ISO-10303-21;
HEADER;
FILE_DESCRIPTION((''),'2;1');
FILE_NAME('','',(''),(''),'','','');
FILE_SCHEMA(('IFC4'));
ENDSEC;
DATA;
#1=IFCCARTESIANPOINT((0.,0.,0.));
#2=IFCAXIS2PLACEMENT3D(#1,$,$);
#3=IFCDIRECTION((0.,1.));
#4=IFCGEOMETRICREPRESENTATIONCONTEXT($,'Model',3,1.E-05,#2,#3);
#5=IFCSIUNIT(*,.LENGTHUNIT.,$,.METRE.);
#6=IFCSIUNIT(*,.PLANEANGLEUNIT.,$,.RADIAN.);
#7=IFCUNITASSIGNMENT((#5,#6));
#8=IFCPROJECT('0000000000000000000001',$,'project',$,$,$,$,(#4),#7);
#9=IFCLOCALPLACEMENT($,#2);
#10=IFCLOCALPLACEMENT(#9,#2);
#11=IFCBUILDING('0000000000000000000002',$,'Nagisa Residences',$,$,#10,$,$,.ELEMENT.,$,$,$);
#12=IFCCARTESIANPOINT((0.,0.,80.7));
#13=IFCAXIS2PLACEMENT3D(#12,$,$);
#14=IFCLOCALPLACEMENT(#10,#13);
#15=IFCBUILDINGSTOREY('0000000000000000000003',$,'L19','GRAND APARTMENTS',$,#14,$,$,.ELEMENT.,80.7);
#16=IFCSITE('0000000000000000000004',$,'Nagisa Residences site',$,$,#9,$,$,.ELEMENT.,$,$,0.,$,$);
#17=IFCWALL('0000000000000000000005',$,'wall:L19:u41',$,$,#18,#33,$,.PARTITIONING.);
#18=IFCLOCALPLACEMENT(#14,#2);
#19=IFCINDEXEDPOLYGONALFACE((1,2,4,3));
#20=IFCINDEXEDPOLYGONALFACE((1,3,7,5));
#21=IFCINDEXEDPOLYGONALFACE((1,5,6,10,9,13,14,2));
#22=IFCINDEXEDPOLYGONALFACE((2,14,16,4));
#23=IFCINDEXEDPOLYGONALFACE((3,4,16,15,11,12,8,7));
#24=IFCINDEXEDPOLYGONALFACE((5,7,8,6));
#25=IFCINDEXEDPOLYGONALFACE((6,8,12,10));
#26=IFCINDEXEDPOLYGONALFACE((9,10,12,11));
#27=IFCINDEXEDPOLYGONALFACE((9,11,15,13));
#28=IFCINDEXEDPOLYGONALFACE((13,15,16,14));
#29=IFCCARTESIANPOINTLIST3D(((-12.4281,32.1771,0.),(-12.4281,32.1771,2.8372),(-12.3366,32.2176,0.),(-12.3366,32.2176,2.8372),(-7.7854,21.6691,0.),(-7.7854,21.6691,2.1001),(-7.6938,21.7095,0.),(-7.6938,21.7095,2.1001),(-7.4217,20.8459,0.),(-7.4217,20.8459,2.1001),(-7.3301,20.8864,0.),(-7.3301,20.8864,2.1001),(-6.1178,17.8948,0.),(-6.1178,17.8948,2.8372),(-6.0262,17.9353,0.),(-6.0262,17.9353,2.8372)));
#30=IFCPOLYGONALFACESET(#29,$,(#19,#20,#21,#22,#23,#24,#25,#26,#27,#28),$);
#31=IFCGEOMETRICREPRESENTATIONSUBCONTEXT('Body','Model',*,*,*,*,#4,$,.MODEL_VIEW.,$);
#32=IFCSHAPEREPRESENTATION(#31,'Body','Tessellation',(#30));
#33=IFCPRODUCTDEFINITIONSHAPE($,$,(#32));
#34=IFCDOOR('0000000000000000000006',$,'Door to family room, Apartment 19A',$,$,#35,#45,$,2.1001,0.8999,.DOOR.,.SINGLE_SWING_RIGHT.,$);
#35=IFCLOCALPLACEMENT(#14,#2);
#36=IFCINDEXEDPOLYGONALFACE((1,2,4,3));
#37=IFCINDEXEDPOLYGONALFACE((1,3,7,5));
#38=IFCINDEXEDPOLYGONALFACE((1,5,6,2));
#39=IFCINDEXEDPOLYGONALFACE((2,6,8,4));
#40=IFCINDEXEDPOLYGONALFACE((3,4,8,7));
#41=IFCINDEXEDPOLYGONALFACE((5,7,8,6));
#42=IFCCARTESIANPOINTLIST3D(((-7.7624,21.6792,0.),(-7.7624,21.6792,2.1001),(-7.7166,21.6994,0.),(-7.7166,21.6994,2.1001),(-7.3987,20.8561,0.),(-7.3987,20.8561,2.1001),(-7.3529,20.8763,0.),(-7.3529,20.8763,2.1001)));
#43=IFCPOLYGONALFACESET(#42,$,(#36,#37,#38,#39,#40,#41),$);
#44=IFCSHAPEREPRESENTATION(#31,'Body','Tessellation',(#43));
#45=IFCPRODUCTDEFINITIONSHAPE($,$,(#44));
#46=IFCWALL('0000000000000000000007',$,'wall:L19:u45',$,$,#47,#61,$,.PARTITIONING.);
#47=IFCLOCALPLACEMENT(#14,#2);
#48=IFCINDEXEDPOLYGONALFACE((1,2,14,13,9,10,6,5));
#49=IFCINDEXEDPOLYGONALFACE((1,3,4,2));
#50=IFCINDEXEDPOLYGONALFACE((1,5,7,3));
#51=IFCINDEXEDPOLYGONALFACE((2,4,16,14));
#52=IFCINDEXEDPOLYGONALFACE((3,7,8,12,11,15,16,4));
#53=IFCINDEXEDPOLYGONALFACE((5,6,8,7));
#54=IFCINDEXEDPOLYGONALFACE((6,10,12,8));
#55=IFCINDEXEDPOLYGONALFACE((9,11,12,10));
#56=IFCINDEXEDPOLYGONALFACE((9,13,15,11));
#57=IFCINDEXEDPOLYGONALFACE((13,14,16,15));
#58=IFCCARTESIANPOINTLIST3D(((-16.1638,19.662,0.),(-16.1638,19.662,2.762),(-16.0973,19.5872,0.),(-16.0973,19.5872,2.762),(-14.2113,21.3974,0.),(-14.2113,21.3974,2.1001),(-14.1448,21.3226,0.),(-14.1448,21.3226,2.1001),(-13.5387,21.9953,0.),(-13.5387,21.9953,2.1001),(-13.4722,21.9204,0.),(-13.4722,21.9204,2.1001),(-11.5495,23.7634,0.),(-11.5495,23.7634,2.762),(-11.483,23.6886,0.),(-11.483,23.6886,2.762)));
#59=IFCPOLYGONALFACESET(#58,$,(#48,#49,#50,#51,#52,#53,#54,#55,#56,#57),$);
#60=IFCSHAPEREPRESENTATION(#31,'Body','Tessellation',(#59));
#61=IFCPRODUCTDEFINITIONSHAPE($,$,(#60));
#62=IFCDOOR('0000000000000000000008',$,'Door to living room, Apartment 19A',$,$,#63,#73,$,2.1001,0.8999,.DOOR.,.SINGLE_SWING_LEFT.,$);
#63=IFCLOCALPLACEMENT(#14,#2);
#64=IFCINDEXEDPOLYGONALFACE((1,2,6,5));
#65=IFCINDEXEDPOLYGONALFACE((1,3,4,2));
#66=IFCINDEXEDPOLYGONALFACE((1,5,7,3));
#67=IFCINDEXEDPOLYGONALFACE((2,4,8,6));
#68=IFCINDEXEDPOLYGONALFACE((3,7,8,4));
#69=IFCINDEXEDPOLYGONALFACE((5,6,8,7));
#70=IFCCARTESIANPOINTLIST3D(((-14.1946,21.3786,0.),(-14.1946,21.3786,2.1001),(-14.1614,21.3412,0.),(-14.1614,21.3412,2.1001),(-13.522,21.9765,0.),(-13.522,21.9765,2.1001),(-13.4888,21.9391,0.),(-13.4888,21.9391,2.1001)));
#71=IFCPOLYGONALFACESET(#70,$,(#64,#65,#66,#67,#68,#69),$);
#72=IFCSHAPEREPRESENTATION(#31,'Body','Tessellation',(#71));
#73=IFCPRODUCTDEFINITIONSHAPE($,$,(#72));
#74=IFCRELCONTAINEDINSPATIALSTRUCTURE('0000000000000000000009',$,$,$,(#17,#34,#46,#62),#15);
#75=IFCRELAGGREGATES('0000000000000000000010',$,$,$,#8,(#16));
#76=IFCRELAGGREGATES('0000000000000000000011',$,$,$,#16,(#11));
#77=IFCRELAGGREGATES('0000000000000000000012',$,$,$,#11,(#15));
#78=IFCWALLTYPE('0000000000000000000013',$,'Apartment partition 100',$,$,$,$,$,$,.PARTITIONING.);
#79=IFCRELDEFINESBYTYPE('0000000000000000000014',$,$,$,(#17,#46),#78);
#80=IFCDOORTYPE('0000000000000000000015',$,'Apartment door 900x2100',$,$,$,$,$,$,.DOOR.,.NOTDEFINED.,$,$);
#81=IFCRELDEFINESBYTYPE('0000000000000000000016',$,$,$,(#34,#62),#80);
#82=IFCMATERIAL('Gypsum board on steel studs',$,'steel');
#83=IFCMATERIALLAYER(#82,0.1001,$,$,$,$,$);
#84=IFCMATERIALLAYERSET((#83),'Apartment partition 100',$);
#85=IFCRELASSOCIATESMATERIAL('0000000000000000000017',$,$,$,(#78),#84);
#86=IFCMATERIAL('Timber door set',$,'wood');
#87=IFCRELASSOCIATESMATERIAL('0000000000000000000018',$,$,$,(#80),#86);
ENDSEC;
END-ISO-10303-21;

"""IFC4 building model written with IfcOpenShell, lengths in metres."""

from ifc_helpers import new_model, si_unit, direction, frame, frame_2d, origin, place, context, subcontext, project, spatial, rectangle, extrude, material, layer, layer_set, type_object, element, fill, save


model = new_model("IFC4")

# Units and contexts
model_context = context("Model", 3, precision=1e-05, world=origin(), true_north=direction((0.0, 1.0)))
body_context = subcontext(model_context, "Body", "Model", "MODEL_VIEW")
ifc_project = project(units=[si_unit("LENGTHUNIT", "METRE"), si_unit("PLANEANGLEUNIT", "RADIAN")], contexts=[model_context])

# Site, building, storey
site_placement = place(None, origin())
site = spatial("IfcSite", under=ifc_project, at=site_placement, Name="Nagisa Residences site", CompositionType="ELEMENT", RefElevation=0.0)
building_placement = place(site_placement, origin())
building = spatial("IfcBuilding", under=site, at=building_placement, Name="Nagisa Residences", CompositionType="ELEMENT")
storey_placement = place(building_placement, frame((0.0, 0.0, 80.7)))
storey = spatial("IfcBuildingStorey", under=building, at=storey_placement, Name="L19", Description="GRAND APARTMENTS", CompositionType="ELEMENT", Elevation=80.7)

# Shared definitions
ifc_material_1 = material(Name="Gypsum board on steel studs", Category="steel")
ifc_layer_1 = layer(ifc_material_1, 0.1001)
ifc_layer_set_1 = layer_set([ifc_layer_1], Name="Apartment partition 100")
wall_type_1 = type_object("IfcWallType", Name="Apartment partition 100", PredefinedType="PARTITIONING", material=ifc_layer_set_1)

# Shared definitions
ifc_material_2 = material(Name="Timber door set", Category="wood")
door_type_1 = type_object("IfcDoorType", Name="Apartment door 900x2100", OperationType="NOTDEFINED", PredefinedType="DOOR", material=ifc_material_2)

# Walls, openings, doors
wall_1_placement = place(storey_placement, frame((-6.072, 17.915, 0.0), z_axis=(0.0, 0.0, 1.0), x_axis=(-0.40414, 0.914697, 0.0)))
wall_1 = element("IfcWall", 1, at=wall_1_placement, inside=storey, type_object=wall_type_1, Name="wall:L19:u41", PredefinedType="PARTITIONING", context=body_context, shape_type="SweptSolid", body=[
    extrude(rectangle(XDim=15.6143, YDim=0.1001, at=frame_2d((7.8071, 0.0))), origin(), (0.0, 0.0, 1.0), 2.8372),
])
opening_1_placement = place(wall_1_placement, frame((3.2263, 0.0, 0.0)))
opening_1 = element("IfcOpeningElement", 2, at=opening_1_placement, cuts=wall_1, PredefinedType="OPENING", context=body_context, shape_type="SweptSolid", body=[
    extrude(rectangle(XDim=0.8999, YDim=2.1001, at=frame_2d((0.45, 1.05))), frame((0.0, 0.0601, 0.0), z_axis=(0.0, -1.0, 0.0), x_axis=(1.0, 0.0, 0.0)), (0.0, 0.0, 1.0), 0.1201),
])
door_1_placement = place(opening_1_placement, origin())
door_1 = element("IfcDoor", 3, at=door_1_placement, inside=storey, type_object=door_type_1, Name="Door to family room, Apartment 19A", OperationType="SINGLE_SWING_RIGHT", OverallHeight=2.1001, OverallWidth=0.8999, PredefinedType="DOOR", context=body_context, shape_type="SweptSolid", body=[
    extrude(rectangle(XDim=0.8999, YDim=2.1001, at=frame_2d((0.45, 1.05))), frame((0.0, 0.0249, 0.0), z_axis=(0.0, -1.0, 0.0), x_axis=(1.0, 0.0, 0.0)), (0.0, 0.0, 1.0), 0.05),
])
fill(opening_1, door_1)
wall_2_placement = place(storey_placement, frame((-11.5161, 23.7261, 0.0), z_axis=(0.0, 0.0, 1.0), x_axis=(-0.747429, -0.664342, 0.0)))
wall_2 = element("IfcWall", 4, at=wall_2_placement, inside=storey, type_object=wall_type_1, Name="wall:L19:u45", PredefinedType="PARTITIONING", context=body_context, shape_type="SweptSolid", body=[
    extrude(rectangle(XDim=6.1736, YDim=0.1001, at=frame_2d((3.0869, 0.0))), origin(), (0.0, 0.0, 1.0), 2.762),
])
opening_2_placement = place(wall_2_placement, frame((2.6616, 0.0, 0.0)))
opening_2 = element("IfcOpeningElement", 5, at=opening_2_placement, cuts=wall_2, PredefinedType="OPENING", context=body_context, shape_type="SweptSolid", body=[
    extrude(rectangle(XDim=0.8999, YDim=2.1001, at=frame_2d((0.45, 1.05))), frame((0.0, 0.0601, 0.0), z_axis=(0.0, -1.0, 0.0), x_axis=(1.0, 0.0, 0.0)), (0.0, 0.0, 1.0), 0.1201),
])
door_2_placement = place(opening_2_placement, frame((0.8999, 0.0, 0.0), x_axis=(-1.0, 0.0, 0.0)))
door_2 = element("IfcDoor", 6, at=door_2_placement, inside=storey, type_object=door_type_1, Name="Door to living room, Apartment 19A", OperationType="SINGLE_SWING_LEFT", OverallHeight=2.1001, OverallWidth=0.8999, PredefinedType="DOOR", context=body_context, shape_type="SweptSolid", body=[
    extrude(rectangle(XDim=0.8999, YDim=2.1001, at=frame_2d((0.45, 1.05))), frame((0.0, 0.0249, 0.0), z_axis=(0.0, -1.0, 0.0), x_axis=(1.0, 0.0, 0.0)), (0.0, 0.0, 1.0), 0.05),
])
fill(opening_2, door_2)

save(model, "model.ifc")
